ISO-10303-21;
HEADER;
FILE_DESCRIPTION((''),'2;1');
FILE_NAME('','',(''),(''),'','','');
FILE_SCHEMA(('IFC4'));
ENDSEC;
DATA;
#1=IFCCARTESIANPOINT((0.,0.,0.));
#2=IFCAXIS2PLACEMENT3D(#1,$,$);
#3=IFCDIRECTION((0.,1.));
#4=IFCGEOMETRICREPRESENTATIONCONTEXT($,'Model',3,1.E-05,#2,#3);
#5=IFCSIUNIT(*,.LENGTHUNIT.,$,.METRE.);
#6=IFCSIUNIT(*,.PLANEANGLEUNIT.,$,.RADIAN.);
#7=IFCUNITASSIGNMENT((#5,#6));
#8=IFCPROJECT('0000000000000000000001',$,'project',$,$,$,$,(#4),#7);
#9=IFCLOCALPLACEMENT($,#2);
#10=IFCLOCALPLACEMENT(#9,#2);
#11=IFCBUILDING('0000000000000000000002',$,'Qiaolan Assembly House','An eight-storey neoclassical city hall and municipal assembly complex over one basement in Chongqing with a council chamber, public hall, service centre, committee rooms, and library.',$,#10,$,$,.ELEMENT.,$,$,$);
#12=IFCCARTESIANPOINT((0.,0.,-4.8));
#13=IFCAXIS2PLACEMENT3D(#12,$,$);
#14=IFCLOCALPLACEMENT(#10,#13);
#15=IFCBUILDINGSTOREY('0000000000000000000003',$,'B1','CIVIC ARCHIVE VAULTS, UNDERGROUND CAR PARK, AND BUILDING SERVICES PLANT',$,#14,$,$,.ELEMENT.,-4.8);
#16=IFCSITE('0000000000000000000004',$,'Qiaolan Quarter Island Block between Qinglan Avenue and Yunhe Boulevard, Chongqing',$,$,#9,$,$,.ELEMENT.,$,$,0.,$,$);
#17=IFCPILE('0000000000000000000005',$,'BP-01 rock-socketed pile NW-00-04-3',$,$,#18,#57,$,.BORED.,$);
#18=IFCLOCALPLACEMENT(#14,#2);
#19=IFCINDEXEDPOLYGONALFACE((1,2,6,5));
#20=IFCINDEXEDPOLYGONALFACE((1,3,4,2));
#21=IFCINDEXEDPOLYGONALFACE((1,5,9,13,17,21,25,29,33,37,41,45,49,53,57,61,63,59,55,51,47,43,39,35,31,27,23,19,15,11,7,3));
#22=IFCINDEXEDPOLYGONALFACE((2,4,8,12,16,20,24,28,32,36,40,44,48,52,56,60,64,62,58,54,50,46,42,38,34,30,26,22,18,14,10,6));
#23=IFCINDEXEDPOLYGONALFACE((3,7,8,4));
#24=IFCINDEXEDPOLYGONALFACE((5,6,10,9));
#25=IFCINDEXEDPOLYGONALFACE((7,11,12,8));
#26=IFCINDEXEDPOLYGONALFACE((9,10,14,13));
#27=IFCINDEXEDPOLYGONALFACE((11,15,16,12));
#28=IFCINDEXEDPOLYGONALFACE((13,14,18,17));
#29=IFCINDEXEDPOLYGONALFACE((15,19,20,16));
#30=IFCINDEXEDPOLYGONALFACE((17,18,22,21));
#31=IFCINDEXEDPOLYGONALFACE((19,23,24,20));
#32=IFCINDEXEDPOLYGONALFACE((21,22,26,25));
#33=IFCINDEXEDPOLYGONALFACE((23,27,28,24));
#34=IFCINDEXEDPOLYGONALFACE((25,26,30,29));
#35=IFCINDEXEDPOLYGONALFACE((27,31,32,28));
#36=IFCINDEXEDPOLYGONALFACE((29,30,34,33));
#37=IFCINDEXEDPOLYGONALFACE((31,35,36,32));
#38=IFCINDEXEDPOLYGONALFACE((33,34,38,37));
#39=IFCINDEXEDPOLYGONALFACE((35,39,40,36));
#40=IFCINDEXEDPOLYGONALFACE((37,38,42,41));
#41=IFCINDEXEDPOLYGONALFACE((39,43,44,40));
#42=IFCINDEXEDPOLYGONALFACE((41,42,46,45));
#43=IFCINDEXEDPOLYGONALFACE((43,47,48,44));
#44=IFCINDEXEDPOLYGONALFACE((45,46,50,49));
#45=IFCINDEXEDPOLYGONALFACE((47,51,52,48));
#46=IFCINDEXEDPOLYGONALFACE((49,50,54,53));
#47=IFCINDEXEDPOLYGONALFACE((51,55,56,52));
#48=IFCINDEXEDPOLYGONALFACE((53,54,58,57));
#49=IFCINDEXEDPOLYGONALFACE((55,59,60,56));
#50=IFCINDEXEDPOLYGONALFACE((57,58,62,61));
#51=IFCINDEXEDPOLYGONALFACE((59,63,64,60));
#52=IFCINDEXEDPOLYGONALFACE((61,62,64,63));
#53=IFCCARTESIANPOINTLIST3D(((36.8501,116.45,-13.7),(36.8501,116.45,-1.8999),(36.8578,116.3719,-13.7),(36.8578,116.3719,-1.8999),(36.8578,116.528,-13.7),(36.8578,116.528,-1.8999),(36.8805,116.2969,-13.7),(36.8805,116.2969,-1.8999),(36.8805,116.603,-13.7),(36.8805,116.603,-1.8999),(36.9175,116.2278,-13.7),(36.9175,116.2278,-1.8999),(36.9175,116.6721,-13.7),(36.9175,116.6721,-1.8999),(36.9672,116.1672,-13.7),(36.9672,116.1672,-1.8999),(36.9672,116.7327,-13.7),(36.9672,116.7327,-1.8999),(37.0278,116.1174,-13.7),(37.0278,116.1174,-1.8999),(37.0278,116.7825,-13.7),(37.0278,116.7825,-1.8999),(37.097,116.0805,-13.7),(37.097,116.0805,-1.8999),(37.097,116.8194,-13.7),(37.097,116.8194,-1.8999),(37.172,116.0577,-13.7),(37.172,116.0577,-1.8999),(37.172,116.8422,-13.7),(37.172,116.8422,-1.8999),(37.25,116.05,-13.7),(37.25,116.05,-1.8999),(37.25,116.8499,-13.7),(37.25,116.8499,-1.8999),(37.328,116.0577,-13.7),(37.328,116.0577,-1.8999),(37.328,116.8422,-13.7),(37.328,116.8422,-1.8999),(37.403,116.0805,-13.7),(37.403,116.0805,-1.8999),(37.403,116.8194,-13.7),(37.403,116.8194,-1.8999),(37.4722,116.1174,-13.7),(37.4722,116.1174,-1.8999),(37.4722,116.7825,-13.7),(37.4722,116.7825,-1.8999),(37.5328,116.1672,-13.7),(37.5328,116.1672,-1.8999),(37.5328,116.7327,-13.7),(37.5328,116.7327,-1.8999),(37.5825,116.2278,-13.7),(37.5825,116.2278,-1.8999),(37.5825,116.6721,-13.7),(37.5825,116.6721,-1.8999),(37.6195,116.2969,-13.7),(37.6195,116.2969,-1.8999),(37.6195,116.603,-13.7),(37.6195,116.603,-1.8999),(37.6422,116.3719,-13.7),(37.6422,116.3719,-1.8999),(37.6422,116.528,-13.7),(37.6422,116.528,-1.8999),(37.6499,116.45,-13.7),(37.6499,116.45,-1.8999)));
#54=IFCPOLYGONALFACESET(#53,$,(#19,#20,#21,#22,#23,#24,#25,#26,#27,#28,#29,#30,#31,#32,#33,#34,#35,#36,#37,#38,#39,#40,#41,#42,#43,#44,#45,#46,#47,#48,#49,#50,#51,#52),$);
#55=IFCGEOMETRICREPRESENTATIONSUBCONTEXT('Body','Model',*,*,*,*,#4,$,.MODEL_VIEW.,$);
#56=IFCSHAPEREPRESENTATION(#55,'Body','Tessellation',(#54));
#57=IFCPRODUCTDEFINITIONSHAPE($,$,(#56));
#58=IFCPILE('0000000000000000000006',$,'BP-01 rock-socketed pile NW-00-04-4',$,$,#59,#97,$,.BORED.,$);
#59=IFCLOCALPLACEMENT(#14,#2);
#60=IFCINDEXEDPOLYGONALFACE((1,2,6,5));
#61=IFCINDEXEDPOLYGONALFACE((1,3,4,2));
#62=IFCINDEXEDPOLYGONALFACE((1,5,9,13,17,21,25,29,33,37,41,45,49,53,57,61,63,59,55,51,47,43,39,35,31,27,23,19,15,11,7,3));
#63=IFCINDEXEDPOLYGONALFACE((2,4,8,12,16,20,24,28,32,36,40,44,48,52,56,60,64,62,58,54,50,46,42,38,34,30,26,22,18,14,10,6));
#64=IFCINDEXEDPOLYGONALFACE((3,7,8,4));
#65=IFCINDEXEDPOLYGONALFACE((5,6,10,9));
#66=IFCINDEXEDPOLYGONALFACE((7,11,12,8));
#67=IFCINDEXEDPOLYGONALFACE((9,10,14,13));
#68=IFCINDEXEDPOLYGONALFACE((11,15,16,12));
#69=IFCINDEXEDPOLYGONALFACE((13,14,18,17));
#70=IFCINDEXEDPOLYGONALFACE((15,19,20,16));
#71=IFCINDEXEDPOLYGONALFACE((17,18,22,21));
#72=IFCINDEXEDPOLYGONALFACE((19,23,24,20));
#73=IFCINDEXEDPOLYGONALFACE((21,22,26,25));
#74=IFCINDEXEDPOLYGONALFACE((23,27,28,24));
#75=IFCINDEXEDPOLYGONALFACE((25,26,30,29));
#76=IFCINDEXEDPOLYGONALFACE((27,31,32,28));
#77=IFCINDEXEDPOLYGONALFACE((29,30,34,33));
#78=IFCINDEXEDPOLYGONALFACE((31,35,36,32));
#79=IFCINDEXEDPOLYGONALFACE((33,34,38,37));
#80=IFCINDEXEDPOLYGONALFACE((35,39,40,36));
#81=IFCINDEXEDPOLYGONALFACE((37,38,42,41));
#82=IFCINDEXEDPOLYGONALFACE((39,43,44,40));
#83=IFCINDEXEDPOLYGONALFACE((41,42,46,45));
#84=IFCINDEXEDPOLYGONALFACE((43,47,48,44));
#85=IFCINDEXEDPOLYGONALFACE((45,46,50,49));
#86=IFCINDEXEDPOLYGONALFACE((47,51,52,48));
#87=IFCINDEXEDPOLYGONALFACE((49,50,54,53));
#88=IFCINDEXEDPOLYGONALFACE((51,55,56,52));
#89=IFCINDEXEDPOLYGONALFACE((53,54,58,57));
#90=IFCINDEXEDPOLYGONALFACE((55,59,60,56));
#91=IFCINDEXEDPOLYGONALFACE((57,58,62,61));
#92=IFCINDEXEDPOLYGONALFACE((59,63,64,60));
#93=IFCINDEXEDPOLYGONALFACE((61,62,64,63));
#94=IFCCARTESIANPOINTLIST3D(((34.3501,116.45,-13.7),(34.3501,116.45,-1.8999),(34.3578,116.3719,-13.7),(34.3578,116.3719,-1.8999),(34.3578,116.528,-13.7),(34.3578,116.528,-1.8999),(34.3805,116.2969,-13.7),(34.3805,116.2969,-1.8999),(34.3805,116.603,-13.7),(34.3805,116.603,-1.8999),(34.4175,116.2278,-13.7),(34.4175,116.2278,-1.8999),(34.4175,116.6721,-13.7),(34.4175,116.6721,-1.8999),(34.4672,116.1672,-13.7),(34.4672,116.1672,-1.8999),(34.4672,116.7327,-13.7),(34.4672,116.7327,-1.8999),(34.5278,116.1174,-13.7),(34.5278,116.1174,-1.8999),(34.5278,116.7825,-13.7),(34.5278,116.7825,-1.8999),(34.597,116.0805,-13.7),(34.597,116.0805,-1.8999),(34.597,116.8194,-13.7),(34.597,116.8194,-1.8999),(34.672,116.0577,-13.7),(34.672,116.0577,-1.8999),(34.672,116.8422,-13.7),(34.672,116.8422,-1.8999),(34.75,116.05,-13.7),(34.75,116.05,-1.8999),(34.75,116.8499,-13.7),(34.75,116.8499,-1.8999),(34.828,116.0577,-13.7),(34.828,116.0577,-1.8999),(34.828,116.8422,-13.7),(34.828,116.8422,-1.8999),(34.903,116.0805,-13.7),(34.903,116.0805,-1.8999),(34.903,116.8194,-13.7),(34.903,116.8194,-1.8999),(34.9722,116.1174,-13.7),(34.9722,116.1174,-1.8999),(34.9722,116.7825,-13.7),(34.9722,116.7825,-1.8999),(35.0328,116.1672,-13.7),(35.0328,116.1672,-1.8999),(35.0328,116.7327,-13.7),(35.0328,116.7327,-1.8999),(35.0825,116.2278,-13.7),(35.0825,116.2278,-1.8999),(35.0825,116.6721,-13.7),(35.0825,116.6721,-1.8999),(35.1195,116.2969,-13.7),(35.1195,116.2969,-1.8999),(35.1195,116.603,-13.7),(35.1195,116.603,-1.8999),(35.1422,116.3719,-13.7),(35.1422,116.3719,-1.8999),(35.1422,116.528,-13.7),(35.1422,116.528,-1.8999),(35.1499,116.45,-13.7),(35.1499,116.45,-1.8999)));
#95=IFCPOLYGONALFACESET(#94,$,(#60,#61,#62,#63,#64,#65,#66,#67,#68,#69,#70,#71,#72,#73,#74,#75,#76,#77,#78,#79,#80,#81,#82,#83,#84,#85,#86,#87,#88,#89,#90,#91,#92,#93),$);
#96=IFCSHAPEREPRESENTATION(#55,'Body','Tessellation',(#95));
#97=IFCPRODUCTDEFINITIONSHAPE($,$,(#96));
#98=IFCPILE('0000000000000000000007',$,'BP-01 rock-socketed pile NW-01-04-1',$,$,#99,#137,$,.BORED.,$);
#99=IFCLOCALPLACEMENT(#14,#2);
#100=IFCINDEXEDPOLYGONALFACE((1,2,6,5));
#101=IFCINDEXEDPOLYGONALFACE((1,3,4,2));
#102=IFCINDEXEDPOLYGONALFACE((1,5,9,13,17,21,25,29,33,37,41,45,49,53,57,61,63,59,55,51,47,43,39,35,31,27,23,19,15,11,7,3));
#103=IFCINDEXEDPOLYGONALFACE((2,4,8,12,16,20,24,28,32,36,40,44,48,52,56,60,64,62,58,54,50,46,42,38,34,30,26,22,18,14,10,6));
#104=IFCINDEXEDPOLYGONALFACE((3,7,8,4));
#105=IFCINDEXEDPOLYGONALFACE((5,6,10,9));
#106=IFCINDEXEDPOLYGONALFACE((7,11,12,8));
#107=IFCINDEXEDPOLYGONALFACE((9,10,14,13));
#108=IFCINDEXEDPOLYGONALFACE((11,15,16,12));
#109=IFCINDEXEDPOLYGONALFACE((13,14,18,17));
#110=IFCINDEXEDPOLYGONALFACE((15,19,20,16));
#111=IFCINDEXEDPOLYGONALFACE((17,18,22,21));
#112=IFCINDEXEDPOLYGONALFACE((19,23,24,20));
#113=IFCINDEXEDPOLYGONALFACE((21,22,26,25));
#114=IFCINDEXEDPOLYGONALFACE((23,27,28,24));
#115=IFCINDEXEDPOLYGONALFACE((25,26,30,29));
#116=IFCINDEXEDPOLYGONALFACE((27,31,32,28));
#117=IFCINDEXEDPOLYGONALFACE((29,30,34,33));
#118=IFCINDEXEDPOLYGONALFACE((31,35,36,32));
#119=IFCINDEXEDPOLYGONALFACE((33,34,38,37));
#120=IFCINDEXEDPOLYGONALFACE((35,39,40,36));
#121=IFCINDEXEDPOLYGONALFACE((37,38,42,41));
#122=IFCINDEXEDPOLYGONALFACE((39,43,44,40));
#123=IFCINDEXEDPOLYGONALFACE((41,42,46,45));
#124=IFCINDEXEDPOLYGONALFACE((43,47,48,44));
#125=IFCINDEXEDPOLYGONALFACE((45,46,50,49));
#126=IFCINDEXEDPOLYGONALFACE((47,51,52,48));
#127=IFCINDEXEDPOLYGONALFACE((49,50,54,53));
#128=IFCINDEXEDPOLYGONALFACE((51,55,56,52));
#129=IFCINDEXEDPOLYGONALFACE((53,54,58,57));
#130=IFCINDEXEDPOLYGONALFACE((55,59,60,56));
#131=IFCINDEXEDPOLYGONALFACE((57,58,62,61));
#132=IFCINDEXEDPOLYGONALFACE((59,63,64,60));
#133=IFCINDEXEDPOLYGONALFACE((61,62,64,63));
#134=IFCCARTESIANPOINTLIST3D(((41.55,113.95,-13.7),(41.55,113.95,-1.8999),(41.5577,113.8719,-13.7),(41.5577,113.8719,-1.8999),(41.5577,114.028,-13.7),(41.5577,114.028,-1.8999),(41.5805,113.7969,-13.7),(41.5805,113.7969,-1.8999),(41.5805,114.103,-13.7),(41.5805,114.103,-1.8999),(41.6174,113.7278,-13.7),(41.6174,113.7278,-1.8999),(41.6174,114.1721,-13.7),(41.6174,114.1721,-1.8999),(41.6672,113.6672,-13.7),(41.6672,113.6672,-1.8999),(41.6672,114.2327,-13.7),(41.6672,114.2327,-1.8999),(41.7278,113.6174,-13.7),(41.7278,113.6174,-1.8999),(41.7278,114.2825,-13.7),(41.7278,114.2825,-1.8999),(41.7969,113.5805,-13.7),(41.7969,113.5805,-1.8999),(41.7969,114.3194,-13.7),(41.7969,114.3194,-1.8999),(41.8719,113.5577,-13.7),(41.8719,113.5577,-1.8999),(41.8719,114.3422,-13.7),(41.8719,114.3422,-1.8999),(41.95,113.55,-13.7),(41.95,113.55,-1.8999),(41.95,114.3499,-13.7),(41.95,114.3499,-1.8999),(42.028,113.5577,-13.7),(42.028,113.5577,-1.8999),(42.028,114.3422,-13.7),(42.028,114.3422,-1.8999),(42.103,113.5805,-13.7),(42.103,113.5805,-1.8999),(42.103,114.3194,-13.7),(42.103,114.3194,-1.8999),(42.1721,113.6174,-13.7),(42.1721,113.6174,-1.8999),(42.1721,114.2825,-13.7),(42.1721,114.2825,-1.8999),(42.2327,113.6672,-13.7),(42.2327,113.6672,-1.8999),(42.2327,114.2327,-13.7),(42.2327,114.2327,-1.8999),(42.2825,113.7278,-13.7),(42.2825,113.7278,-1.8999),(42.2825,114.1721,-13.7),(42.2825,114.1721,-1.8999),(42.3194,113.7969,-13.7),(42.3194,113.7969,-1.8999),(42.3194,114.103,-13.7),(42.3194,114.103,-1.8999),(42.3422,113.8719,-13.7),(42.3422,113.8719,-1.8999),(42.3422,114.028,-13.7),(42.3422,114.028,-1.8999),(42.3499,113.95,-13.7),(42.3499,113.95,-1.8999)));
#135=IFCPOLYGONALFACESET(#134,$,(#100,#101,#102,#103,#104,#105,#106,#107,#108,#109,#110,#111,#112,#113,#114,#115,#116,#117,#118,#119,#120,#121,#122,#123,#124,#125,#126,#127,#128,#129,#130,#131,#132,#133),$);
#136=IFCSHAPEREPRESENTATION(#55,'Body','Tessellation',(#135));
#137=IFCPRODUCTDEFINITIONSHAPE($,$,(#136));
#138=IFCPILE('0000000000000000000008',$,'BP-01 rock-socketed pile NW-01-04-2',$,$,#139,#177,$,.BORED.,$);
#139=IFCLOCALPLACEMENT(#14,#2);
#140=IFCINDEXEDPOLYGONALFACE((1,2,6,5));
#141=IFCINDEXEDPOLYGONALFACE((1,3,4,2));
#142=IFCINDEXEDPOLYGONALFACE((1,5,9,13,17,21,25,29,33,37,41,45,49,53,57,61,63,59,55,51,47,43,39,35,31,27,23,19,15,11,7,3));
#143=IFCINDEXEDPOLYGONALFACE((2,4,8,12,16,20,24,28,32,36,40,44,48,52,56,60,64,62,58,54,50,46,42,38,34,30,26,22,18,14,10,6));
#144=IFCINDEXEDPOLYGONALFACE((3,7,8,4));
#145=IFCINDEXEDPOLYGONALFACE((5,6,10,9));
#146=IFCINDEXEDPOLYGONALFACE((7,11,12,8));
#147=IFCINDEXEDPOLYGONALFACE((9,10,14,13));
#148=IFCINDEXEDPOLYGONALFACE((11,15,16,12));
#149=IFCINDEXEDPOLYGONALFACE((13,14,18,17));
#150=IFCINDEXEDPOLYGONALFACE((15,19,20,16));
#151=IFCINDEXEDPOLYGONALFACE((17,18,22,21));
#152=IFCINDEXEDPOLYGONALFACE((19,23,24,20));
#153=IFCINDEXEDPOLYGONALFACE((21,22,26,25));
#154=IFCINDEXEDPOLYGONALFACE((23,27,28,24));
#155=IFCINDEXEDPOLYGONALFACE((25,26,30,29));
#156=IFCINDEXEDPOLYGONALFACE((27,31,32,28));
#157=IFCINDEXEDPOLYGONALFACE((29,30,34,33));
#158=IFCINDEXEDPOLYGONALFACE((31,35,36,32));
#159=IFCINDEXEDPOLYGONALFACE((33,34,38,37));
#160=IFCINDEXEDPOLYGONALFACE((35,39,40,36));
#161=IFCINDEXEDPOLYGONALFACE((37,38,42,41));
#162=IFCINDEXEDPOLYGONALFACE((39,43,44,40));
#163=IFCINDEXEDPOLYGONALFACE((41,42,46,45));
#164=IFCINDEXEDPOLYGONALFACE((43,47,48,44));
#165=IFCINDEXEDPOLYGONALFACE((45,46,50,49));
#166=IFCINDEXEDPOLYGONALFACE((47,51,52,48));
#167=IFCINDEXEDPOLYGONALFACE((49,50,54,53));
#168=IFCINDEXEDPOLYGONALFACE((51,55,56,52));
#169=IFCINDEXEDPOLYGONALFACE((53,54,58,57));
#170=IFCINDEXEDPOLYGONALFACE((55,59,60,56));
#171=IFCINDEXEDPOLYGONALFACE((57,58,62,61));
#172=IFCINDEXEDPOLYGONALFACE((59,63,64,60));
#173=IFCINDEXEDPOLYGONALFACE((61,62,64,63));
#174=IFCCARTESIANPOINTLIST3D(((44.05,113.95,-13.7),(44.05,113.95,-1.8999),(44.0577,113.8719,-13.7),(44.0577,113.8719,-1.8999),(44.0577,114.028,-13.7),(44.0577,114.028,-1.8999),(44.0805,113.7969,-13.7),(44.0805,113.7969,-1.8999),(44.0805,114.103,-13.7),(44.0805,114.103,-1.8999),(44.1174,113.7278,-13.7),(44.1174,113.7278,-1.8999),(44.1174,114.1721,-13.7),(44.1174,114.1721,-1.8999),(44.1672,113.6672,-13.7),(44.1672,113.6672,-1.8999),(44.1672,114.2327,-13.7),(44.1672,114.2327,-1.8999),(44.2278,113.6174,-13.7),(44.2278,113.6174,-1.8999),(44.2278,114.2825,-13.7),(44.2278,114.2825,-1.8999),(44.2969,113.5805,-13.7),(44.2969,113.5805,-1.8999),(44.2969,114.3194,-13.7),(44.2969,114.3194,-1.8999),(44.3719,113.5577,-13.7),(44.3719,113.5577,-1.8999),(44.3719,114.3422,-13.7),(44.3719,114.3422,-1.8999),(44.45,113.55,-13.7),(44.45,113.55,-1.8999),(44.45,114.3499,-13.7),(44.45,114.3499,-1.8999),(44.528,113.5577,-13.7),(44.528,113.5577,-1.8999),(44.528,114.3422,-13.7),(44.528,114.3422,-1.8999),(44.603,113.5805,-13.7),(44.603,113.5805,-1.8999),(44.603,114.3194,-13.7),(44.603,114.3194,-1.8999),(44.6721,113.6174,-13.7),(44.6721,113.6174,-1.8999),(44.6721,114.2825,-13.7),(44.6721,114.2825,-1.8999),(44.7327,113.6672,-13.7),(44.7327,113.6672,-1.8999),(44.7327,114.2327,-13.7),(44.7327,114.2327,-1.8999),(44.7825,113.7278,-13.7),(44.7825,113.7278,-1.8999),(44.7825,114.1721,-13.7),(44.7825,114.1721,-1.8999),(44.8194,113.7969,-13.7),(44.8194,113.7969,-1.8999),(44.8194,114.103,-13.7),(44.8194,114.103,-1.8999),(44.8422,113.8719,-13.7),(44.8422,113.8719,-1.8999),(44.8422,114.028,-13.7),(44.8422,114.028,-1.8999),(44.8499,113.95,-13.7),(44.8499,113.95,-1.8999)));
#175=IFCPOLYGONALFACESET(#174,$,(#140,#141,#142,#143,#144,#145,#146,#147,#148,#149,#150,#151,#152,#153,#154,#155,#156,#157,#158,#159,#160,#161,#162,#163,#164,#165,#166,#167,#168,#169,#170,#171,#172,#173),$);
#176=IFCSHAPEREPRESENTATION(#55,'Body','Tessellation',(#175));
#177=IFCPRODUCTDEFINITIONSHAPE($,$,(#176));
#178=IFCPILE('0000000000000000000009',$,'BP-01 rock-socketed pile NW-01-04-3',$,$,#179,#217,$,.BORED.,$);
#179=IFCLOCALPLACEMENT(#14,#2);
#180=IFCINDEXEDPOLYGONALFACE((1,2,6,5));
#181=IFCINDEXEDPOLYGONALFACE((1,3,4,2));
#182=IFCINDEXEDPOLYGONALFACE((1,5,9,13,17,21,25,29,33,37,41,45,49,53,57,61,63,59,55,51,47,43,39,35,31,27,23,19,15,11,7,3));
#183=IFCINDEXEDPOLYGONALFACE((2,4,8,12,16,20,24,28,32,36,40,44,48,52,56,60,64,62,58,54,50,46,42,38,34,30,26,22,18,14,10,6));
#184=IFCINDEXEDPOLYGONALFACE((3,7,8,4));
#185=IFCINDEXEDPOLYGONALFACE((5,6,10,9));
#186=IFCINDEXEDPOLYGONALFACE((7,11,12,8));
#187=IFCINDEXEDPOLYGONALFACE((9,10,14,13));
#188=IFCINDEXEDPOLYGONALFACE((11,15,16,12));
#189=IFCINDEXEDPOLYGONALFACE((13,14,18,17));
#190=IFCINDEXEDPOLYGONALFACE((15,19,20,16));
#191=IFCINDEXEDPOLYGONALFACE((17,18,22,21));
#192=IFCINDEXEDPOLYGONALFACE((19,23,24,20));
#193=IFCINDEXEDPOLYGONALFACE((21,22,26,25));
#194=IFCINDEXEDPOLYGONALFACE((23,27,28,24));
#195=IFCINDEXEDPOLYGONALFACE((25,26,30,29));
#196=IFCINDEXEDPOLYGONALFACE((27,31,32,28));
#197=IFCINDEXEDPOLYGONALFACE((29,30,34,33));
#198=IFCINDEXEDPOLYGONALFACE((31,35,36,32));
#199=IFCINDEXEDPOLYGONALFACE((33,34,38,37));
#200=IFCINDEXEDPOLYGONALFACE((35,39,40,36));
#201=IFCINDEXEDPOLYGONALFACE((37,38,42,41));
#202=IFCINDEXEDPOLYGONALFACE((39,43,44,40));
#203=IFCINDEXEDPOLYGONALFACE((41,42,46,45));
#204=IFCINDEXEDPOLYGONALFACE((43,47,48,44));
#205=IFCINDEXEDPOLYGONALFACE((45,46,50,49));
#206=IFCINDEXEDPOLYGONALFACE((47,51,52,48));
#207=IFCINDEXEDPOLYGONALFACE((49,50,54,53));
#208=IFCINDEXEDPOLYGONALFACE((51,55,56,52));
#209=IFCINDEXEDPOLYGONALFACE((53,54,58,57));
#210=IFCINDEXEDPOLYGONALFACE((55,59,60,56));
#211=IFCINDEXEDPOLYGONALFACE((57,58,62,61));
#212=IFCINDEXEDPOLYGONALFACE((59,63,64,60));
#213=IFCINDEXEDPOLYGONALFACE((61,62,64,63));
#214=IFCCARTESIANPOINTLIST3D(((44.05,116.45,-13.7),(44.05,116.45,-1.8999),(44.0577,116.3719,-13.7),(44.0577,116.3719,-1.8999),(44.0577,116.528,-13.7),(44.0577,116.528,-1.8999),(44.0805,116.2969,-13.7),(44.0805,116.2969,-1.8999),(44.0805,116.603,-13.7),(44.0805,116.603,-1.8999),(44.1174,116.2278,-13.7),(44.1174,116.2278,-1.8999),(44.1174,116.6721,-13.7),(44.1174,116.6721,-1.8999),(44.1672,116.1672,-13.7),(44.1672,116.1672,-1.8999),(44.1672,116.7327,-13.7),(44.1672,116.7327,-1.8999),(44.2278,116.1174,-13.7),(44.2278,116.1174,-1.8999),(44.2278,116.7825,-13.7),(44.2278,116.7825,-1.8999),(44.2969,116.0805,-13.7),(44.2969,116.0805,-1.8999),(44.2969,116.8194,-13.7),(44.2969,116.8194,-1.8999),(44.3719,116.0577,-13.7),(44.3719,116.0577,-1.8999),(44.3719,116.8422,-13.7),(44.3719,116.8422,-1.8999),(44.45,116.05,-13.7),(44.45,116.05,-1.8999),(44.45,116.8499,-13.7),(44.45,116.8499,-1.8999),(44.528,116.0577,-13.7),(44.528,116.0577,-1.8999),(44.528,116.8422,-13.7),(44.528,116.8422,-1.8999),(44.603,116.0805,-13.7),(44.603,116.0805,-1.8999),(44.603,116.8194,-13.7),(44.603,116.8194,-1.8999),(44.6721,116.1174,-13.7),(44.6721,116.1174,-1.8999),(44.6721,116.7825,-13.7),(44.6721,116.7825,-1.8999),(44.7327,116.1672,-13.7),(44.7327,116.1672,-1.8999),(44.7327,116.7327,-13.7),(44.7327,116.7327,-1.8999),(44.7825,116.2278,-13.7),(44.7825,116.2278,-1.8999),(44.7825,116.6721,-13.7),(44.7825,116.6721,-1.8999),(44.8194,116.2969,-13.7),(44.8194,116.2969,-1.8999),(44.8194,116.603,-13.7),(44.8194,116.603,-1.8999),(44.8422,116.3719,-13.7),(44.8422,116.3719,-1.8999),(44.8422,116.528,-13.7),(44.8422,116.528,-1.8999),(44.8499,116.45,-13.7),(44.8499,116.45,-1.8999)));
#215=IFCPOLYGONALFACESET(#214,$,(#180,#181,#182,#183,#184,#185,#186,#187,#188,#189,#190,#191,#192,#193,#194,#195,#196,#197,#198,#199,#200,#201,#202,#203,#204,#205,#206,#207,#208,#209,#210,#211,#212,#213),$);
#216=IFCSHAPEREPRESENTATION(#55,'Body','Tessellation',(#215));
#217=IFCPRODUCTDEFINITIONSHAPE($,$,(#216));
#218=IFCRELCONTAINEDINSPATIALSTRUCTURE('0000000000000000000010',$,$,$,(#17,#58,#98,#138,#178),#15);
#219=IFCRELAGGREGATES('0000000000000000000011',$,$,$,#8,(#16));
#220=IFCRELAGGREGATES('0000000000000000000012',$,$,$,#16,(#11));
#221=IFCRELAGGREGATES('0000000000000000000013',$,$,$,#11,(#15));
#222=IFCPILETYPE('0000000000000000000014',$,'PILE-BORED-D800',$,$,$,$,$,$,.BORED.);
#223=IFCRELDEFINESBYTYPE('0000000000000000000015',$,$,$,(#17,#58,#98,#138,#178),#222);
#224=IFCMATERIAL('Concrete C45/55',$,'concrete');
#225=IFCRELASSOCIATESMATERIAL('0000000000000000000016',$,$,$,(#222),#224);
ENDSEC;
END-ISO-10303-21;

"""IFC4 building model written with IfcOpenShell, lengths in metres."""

from ifc_helpers import new_model, si_unit, direction, frame, origin, origin_2d, place, context, subcontext, project, spatial, circle, extrude, material, material_profile, profile_set, type_object, element, save


model = new_model("IFC4")

# Units and contexts
model_context = context("Model", 3, precision=1e-05, world=origin(), true_north=direction((0.0, 1.0)))
body_context = subcontext(model_context, "Body", "Model", "MODEL_VIEW")
ifc_project = project(units=[si_unit("LENGTHUNIT", "METRE"), si_unit("PLANEANGLEUNIT", "RADIAN")], contexts=[model_context])

# Site, building, storey
site_placement = place(None, origin())
site = spatial("IfcSite", under=ifc_project, at=site_placement, Name="Qiaolan Quarter Island Block between Qinglan Avenue and Yunhe Boulevard, Chongqing", CompositionType="ELEMENT", RefElevation=0.0)
building_placement = place(site_placement, origin())
building = spatial("IfcBuilding", under=site, at=building_placement, Name="Qiaolan Assembly House", Description="An eight-storey neoclassical city hall and municipal assembly complex over one basement in Chongqing with a council chamber, public hall, service centre, committee rooms, and library.", CompositionType="ELEMENT")
storey_placement = place(building_placement, frame((0.0, 0.0, -4.8)))
storey = spatial("IfcBuildingStorey", under=building, at=storey_placement, Name="B1", Description="CIVIC ARCHIVE VAULTS, UNDERGROUND CAR PARK, AND BUILDING SERVICES PLANT", CompositionType="ELEMENT", Elevation=-4.8)

# Piles
ifc_material_1 = material(Name="Concrete C45/55", Category="concrete")
ifc_material_profile_1 = material_profile(ifc_material_1, circle(Radius=0.3999, at=origin_2d()), Name="PILE D800")
ifc_profile_set_1 = profile_set([ifc_material_profile_1], Name="Concrete C45/55")
pile_type_1 = type_object("IfcPileType", Name="PILE-BORED-D800", PredefinedType="BORED", material=ifc_profile_set_1)
for number, where, z_axis, x_axis, name in (
    (1, (37.25, 116.45, -1.8999), (0.0, 0.0, -1.0), (1.0, 0.0, 0.0), "BP-01 rock-socketed pile NW-00-04-3"),
    (2, (34.75, 116.45, -1.8999), (0.0, 0.0, -1.0), (1.0, 0.0, 0.0), "BP-01 rock-socketed pile NW-00-04-4"),
    (3, (41.95, 113.95, -1.8999), (0.0, 0.0, -1.0), (1.0, 0.0, 0.0), "BP-01 rock-socketed pile NW-01-04-1"),
    (4, (44.45, 113.95, -1.8999), (0.0, 0.0, -1.0), (1.0, 0.0, 0.0), "BP-01 rock-socketed pile NW-01-04-2"),
    (5, (44.45, 116.45, -1.8999), (0.0, 0.0, -1.0), (1.0, 0.0, 0.0), "BP-01 rock-socketed pile NW-01-04-3"),
):
    element("IfcPile", number, at=place(storey_placement, frame(where, z_axis=z_axis, x_axis=x_axis)), inside=storey, type_object=pile_type_1, Name=name, PredefinedType="BORED", context=body_context, shape_type="SweptSolid", body=[
        extrude(circle(Radius=0.3999, at=origin_2d()), origin(), (0.0, 0.0, 1.0), 11.8),
    ])

save(model, "model.ifc")
